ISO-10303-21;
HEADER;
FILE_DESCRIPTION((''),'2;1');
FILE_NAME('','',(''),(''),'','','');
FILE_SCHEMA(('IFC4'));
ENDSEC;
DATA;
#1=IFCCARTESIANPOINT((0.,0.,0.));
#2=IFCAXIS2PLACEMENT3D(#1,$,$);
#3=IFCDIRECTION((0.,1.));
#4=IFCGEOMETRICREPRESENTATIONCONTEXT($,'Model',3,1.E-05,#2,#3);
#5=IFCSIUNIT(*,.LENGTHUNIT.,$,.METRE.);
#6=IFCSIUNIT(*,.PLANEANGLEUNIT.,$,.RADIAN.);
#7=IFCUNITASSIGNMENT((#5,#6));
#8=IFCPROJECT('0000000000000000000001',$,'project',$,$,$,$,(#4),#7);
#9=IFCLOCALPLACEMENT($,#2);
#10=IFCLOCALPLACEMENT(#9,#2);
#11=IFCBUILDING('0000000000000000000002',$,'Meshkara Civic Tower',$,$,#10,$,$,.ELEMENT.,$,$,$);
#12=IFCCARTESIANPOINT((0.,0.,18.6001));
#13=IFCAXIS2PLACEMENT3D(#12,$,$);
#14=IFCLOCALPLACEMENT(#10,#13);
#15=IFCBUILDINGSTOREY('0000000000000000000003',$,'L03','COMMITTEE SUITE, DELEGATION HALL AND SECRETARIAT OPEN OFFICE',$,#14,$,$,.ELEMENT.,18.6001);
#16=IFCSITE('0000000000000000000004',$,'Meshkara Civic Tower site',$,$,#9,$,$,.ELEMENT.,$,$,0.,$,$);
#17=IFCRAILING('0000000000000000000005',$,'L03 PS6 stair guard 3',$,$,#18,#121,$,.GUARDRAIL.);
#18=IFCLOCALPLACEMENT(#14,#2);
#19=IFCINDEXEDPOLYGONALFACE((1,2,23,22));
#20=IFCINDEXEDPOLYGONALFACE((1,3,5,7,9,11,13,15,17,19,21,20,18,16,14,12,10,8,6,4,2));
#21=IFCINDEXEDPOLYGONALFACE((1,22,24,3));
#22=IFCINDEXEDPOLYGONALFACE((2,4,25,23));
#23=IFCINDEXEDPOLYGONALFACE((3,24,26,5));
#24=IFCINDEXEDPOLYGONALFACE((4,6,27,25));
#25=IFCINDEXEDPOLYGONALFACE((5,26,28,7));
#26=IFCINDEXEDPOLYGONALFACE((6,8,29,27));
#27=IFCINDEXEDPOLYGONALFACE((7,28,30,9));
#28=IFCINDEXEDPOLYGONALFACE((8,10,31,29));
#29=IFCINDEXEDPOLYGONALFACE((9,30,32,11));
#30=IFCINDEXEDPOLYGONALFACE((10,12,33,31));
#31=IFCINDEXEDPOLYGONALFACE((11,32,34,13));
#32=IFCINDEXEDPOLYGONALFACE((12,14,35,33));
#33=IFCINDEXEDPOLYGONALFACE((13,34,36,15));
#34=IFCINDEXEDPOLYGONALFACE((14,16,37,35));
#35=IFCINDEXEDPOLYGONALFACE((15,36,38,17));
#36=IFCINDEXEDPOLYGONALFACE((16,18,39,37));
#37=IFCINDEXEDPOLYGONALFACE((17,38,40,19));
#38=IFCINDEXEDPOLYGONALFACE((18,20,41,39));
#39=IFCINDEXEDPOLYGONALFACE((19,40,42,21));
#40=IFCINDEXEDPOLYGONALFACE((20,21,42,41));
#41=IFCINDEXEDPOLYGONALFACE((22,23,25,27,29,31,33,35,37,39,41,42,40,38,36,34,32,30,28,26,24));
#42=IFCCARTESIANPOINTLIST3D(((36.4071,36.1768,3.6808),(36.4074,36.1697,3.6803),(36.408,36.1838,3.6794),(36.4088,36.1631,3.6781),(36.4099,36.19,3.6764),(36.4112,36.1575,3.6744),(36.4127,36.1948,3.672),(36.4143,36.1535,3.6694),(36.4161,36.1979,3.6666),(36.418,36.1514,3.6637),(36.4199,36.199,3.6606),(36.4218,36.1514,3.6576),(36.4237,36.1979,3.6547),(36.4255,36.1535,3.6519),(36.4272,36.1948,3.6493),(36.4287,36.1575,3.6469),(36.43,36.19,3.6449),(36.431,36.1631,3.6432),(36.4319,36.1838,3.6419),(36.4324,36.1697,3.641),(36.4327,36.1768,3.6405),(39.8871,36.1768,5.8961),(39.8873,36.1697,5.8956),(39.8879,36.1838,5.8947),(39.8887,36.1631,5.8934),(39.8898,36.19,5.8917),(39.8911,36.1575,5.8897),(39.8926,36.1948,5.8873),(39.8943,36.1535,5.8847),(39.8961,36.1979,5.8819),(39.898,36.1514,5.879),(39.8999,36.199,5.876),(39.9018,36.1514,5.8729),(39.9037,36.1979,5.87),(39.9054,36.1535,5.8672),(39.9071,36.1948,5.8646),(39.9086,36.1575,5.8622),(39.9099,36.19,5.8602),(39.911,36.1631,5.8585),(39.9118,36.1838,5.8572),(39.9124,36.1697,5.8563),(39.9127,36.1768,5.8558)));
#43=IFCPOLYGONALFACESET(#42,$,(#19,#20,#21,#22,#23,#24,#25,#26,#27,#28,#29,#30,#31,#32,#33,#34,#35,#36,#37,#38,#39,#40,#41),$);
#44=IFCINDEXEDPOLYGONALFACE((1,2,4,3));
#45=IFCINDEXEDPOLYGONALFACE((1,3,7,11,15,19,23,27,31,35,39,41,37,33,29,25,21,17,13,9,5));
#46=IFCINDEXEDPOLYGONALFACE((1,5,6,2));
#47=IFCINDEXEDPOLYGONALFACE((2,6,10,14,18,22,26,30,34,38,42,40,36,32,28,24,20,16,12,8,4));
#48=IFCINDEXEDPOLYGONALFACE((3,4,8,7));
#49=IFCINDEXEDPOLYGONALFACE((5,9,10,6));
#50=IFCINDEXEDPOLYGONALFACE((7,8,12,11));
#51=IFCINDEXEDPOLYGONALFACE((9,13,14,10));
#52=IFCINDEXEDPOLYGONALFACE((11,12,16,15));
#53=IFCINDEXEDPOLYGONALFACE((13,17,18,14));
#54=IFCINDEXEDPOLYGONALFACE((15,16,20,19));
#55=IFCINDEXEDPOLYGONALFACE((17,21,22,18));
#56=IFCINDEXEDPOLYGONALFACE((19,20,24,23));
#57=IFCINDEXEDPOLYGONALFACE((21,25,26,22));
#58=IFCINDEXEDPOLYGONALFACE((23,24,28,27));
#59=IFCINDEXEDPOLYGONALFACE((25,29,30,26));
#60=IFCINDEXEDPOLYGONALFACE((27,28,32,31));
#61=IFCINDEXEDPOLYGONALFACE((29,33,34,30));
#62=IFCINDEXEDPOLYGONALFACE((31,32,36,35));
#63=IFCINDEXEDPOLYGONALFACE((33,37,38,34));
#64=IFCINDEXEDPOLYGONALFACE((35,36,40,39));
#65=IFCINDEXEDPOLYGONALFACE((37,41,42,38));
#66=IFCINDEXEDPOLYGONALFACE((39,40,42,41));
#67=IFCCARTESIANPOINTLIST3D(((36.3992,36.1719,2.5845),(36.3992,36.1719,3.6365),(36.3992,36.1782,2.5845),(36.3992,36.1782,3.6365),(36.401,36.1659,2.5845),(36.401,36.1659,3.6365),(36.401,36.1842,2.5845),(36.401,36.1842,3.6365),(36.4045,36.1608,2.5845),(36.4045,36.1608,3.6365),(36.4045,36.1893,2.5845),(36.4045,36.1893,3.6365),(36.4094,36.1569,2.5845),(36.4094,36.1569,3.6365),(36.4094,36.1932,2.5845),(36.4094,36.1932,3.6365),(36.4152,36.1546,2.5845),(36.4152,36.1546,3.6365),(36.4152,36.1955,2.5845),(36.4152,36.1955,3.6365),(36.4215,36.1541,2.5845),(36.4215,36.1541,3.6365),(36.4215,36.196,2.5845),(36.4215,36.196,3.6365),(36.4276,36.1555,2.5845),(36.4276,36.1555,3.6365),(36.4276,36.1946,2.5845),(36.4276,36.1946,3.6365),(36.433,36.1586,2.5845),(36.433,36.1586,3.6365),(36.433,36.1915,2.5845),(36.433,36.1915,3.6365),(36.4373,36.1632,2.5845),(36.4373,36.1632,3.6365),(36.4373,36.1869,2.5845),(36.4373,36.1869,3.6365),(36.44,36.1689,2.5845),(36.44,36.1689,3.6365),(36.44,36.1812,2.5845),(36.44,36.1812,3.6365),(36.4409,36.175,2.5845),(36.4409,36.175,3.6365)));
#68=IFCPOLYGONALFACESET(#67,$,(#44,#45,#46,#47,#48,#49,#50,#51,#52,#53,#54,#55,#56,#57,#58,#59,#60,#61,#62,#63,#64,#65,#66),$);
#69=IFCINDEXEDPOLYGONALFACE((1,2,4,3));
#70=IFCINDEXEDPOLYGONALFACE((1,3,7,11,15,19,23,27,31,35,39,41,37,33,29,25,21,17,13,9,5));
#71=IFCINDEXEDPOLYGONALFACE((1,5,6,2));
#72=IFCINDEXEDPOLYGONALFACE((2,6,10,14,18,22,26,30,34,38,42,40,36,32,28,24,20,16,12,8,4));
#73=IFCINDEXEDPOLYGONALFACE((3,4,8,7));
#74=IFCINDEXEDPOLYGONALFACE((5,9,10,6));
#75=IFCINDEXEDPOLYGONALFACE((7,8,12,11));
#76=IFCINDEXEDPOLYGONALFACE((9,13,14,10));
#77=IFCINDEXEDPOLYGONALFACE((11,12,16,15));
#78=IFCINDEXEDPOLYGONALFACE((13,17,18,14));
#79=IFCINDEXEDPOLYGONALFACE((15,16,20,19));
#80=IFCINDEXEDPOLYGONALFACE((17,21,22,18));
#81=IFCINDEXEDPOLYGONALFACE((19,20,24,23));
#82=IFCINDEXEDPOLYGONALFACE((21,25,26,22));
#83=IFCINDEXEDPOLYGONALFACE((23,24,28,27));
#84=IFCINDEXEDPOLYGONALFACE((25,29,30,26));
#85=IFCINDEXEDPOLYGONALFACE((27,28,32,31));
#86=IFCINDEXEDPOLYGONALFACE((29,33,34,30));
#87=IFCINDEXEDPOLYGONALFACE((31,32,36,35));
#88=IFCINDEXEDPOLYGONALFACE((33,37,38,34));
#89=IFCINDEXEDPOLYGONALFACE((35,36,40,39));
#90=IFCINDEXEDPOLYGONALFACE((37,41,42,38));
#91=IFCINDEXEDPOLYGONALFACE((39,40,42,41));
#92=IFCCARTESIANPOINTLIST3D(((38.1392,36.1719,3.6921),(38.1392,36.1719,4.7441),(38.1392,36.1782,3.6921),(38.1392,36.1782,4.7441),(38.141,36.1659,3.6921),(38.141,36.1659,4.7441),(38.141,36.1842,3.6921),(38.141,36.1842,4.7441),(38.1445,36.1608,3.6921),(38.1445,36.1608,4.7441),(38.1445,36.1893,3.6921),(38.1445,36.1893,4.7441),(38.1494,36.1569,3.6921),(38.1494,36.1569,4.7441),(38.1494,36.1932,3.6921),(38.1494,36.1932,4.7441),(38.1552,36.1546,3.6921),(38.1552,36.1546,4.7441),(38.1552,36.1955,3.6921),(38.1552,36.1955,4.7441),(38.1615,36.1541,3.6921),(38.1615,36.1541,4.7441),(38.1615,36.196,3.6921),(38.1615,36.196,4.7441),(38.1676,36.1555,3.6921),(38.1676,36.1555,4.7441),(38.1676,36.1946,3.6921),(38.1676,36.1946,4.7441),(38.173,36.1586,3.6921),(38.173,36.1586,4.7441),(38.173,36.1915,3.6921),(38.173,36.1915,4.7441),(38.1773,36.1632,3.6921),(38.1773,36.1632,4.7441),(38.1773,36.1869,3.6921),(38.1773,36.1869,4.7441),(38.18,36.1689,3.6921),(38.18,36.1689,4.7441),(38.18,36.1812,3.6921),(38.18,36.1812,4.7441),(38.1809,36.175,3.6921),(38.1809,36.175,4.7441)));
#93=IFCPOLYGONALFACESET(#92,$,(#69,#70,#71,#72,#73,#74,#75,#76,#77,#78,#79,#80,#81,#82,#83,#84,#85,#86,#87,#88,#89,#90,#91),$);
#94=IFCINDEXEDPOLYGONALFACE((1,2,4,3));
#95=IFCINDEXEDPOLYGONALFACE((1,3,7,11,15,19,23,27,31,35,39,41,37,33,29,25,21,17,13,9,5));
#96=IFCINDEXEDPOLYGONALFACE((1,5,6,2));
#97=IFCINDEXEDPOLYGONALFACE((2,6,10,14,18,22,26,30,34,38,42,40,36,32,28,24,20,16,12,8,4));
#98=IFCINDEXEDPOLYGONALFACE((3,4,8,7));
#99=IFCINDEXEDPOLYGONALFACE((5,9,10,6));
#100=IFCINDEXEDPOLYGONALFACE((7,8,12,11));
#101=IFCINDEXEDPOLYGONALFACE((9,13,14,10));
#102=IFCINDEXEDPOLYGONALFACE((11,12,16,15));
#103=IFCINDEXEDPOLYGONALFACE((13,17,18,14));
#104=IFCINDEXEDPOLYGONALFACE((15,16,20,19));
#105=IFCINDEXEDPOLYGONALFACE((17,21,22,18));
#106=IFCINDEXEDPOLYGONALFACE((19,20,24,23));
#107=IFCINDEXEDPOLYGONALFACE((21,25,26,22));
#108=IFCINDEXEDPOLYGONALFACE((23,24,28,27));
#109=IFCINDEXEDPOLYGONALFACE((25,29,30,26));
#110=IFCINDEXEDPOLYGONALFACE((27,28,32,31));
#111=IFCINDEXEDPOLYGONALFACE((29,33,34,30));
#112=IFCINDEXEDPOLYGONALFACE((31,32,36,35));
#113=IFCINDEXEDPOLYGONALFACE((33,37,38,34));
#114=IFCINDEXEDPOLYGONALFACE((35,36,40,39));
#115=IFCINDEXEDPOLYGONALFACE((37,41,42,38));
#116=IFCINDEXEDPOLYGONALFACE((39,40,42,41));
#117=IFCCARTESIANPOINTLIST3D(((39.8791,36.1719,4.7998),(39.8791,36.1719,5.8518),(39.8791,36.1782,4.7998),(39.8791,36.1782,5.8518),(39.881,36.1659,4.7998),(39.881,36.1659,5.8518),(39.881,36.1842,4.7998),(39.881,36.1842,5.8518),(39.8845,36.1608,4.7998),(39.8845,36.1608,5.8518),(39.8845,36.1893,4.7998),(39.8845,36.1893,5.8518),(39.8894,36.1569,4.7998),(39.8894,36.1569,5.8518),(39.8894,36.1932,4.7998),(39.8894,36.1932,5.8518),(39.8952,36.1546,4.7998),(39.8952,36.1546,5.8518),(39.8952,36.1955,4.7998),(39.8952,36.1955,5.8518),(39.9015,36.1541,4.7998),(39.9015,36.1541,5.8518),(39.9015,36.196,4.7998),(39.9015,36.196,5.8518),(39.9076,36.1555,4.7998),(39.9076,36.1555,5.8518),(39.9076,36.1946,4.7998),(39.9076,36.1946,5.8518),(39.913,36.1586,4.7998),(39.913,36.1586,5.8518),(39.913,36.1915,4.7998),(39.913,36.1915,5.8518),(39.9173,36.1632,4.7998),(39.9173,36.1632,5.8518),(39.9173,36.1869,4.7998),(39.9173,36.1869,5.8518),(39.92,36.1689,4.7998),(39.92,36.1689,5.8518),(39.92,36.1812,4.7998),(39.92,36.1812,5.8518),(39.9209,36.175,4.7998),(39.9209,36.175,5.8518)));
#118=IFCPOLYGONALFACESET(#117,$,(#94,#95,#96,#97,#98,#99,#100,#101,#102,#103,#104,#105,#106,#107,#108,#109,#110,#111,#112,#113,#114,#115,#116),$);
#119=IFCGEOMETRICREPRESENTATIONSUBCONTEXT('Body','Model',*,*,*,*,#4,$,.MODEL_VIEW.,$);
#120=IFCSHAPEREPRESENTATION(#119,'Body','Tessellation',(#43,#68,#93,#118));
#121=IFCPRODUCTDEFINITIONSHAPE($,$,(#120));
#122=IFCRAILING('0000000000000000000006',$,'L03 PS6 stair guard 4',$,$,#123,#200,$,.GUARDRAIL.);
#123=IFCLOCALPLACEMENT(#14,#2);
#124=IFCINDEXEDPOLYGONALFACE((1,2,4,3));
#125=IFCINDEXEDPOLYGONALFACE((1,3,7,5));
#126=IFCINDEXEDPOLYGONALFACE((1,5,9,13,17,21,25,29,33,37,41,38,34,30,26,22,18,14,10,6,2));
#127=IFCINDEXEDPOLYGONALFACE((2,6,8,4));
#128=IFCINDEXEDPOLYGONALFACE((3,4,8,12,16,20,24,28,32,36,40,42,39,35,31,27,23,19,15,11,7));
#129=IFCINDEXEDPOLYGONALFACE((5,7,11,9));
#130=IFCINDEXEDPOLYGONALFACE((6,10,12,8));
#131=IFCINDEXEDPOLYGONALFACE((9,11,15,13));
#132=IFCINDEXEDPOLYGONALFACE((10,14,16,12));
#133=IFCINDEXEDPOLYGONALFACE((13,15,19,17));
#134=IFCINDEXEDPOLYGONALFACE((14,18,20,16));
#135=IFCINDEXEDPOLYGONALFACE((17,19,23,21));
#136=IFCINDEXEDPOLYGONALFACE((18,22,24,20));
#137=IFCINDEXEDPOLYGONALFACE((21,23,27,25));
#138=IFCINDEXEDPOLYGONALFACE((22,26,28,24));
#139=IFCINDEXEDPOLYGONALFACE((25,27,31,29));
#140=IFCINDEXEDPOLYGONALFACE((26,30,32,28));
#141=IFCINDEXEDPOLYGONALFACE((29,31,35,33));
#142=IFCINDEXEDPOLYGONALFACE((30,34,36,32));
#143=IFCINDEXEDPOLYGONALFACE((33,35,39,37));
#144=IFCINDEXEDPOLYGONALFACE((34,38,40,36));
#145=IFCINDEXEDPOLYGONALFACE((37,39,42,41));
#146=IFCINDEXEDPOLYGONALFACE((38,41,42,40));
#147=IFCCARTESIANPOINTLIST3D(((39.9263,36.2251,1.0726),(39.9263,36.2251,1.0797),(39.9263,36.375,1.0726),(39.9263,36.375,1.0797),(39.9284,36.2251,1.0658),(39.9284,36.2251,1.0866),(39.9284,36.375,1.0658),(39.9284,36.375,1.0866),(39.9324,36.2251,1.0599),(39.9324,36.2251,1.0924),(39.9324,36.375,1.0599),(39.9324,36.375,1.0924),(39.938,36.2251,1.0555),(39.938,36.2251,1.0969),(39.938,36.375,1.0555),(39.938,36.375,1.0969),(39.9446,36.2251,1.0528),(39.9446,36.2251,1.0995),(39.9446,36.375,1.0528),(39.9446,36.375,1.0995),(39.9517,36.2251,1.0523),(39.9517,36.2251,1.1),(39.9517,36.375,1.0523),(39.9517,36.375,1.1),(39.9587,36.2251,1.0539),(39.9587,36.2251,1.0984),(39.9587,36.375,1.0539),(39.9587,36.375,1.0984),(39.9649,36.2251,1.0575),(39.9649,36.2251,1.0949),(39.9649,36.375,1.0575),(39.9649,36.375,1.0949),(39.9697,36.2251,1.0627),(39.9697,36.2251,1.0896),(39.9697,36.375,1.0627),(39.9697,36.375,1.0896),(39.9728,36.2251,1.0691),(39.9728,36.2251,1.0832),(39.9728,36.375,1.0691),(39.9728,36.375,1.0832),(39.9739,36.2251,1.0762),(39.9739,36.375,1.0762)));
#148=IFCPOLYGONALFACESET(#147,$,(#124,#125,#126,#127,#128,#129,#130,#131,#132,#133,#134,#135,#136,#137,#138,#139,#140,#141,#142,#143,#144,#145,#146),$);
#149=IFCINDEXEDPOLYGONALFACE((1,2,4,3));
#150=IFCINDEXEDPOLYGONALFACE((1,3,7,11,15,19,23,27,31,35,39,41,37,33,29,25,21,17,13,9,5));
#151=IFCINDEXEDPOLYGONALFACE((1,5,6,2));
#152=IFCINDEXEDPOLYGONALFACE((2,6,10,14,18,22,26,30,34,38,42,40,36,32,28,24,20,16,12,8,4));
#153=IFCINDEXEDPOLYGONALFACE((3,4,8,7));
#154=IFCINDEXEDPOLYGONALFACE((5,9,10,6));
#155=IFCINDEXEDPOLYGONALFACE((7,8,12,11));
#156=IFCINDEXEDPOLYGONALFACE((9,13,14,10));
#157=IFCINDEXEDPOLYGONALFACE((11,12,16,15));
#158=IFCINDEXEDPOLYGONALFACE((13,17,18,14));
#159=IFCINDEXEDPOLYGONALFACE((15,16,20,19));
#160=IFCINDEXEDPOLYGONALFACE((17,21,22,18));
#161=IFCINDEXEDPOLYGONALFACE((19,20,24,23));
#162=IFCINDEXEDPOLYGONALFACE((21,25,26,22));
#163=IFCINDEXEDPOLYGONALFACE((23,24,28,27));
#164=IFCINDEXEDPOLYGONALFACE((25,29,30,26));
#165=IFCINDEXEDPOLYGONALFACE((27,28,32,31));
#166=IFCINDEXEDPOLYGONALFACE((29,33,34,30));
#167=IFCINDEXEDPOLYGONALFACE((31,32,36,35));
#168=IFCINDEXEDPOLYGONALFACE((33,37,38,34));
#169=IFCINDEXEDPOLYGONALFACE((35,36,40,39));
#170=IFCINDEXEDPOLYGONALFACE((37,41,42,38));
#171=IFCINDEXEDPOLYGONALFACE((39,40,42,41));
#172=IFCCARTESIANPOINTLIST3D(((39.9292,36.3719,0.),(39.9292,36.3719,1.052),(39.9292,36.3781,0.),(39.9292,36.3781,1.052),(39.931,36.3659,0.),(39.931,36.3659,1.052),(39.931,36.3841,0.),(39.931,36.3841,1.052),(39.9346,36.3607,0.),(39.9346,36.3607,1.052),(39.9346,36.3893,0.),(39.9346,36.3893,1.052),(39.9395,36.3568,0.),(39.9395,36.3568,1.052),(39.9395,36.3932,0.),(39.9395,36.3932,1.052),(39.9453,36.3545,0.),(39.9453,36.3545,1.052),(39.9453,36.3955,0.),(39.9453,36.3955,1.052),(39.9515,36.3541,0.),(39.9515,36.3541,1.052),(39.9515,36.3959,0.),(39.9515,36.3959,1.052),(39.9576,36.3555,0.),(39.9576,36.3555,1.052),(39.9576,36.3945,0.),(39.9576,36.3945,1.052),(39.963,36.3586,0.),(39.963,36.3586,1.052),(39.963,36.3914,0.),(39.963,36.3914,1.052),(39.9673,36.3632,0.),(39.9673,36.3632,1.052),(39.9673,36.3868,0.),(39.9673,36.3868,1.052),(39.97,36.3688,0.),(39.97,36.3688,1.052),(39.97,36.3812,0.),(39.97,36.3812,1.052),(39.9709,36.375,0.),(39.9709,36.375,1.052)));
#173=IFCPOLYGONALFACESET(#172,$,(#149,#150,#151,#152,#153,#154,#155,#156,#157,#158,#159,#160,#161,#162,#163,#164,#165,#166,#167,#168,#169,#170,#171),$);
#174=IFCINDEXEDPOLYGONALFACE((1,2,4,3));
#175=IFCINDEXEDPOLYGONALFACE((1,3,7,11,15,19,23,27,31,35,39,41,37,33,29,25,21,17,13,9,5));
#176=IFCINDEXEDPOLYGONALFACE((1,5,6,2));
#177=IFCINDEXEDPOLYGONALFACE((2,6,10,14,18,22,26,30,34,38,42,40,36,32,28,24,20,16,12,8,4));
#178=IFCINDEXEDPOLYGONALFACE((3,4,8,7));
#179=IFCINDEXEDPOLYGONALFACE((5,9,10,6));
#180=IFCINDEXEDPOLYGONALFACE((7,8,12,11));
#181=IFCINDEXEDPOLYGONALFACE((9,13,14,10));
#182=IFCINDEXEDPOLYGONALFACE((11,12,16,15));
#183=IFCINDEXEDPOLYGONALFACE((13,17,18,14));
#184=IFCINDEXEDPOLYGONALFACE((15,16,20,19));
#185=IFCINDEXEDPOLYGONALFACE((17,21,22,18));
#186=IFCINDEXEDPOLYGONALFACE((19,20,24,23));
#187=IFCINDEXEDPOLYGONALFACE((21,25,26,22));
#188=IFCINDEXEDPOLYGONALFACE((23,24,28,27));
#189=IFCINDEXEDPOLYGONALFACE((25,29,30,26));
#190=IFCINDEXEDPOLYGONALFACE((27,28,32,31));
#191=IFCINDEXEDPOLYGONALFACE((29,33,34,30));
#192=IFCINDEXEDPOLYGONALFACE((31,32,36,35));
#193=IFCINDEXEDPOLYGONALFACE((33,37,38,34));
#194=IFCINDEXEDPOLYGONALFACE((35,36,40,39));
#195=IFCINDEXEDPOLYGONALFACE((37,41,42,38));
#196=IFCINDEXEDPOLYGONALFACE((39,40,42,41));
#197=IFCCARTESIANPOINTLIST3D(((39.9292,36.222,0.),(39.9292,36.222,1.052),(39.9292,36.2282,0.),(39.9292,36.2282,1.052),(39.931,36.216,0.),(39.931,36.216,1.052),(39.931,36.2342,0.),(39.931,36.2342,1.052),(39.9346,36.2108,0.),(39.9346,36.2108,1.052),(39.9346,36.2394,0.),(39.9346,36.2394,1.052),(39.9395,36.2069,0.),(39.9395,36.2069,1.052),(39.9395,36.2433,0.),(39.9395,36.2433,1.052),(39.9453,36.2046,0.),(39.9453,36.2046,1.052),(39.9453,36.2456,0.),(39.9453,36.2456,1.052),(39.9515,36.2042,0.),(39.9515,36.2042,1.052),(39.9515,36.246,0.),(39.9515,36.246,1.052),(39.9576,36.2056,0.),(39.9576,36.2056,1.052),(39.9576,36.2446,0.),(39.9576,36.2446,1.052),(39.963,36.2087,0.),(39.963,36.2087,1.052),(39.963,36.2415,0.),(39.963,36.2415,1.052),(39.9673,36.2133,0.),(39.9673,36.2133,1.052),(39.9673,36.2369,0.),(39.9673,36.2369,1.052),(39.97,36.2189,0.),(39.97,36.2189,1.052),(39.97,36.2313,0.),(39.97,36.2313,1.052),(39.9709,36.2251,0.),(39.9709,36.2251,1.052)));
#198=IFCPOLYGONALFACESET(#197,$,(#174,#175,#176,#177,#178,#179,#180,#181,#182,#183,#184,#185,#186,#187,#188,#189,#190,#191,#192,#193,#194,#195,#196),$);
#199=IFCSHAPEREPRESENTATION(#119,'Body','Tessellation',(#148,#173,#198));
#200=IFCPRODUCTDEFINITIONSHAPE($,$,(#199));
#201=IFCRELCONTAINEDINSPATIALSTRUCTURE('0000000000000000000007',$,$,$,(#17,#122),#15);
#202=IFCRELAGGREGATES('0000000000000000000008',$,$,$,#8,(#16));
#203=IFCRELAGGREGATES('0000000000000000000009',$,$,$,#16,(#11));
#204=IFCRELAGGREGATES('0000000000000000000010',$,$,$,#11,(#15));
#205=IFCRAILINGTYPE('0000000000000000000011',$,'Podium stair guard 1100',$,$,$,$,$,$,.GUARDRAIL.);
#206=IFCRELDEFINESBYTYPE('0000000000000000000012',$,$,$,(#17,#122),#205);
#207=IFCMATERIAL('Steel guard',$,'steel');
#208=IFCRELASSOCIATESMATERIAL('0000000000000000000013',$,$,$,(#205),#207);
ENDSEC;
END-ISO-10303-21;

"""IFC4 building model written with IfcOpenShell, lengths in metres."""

from ifc_helpers import new_model, si_unit, direction, frame, origin, origin_2d, place, context, subcontext, project, spatial, circle, extrude, material, type_object, element, save


model = new_model("IFC4")

# Units and contexts
model_context = context("Model", 3, precision=1e-05, world=origin(), true_north=direction((0.0, 1.0)))
body_context = subcontext(model_context, "Body", "Model", "MODEL_VIEW")
ifc_project = project(units=[si_unit("LENGTHUNIT", "METRE"), si_unit("PLANEANGLEUNIT", "RADIAN")], contexts=[model_context])

# Site, building, storey
site_placement = place(None, origin())
site = spatial("IfcSite", under=ifc_project, at=site_placement, Name="Meshkara Civic Tower site", CompositionType="ELEMENT", RefElevation=0.0)
building_placement = place(site_placement, origin())
building = spatial("IfcBuilding", under=site, at=building_placement, Name="Meshkara Civic Tower", CompositionType="ELEMENT")
storey_placement = place(building_placement, frame((0.0, 0.0, 18.6001)))
storey = spatial("IfcBuildingStorey", under=building, at=storey_placement, Name="L03", Description="COMMITTEE SUITE, DELEGATION HALL AND SECRETARIAT OPEN OFFICE", CompositionType="ELEMENT", Elevation=18.6001)

# Railings
ifc_material_1 = material(Name="Steel guard", Category="steel")
railing_type_1 = type_object("IfcRailingType", Name="Podium stair guard 1100", PredefinedType="GUARDRAIL", material=ifc_material_1)
railing_1_placement = place(storey_placement, frame((36.4199, 36.175, 2.5845)))
element("IfcRailing", 1, at=railing_1_placement, inside=storey, type_object=railing_type_1, Name="L03 PS6 stair guard 3", PredefinedType="GUARDRAIL", context=body_context, shape_type="SweptSolid", body=[
    extrude(circle(Radius=0.0239, at=origin_2d()), frame((0.0, 0.0, 1.0762), z_axis=(0.843574, 0.0, 0.537013), x_axis=(0.0, 1.0, 0.0)), (0.0, 0.0, 1.0), 4.1252),
    extrude(circle(Radius=0.021, at=origin_2d()), origin(), (0.0, 0.0, 1.0), 1.052),
    extrude(circle(Radius=0.021, at=origin_2d()), frame((1.74, 0.0, 1.1077)), (0.0, 0.0, 1.0), 1.052),
    extrude(circle(Radius=0.021, at=origin_2d()), frame((3.48, 0.0, 2.2153)), (0.0, 0.0, 1.0), 1.052),
])
railing_2_placement = place(storey_placement, frame((39.95, 36.375, 0.0)))
element("IfcRailing", 2, at=railing_2_placement, inside=storey, type_object=railing_type_1, Name="L03 PS6 stair guard 4", PredefinedType="GUARDRAIL", context=body_context, shape_type="SweptSolid", body=[
    extrude(circle(Radius=0.0239, at=origin_2d()), frame((0.0, 0.0, 1.0762), z_axis=(0.0, -1.0, 0.0), x_axis=(1.0, 0.0, 0.0)), (0.0, 0.0, 1.0), 0.1499),
    extrude(circle(Radius=0.021, at=origin_2d()), origin(), (0.0, 0.0, 1.0), 1.052),
    extrude(circle(Radius=0.021, at=origin_2d()), frame((0.0, -0.1499, 0.0)), (0.0, 0.0, 1.0), 1.052),
])

save(model, "model.ifc")
